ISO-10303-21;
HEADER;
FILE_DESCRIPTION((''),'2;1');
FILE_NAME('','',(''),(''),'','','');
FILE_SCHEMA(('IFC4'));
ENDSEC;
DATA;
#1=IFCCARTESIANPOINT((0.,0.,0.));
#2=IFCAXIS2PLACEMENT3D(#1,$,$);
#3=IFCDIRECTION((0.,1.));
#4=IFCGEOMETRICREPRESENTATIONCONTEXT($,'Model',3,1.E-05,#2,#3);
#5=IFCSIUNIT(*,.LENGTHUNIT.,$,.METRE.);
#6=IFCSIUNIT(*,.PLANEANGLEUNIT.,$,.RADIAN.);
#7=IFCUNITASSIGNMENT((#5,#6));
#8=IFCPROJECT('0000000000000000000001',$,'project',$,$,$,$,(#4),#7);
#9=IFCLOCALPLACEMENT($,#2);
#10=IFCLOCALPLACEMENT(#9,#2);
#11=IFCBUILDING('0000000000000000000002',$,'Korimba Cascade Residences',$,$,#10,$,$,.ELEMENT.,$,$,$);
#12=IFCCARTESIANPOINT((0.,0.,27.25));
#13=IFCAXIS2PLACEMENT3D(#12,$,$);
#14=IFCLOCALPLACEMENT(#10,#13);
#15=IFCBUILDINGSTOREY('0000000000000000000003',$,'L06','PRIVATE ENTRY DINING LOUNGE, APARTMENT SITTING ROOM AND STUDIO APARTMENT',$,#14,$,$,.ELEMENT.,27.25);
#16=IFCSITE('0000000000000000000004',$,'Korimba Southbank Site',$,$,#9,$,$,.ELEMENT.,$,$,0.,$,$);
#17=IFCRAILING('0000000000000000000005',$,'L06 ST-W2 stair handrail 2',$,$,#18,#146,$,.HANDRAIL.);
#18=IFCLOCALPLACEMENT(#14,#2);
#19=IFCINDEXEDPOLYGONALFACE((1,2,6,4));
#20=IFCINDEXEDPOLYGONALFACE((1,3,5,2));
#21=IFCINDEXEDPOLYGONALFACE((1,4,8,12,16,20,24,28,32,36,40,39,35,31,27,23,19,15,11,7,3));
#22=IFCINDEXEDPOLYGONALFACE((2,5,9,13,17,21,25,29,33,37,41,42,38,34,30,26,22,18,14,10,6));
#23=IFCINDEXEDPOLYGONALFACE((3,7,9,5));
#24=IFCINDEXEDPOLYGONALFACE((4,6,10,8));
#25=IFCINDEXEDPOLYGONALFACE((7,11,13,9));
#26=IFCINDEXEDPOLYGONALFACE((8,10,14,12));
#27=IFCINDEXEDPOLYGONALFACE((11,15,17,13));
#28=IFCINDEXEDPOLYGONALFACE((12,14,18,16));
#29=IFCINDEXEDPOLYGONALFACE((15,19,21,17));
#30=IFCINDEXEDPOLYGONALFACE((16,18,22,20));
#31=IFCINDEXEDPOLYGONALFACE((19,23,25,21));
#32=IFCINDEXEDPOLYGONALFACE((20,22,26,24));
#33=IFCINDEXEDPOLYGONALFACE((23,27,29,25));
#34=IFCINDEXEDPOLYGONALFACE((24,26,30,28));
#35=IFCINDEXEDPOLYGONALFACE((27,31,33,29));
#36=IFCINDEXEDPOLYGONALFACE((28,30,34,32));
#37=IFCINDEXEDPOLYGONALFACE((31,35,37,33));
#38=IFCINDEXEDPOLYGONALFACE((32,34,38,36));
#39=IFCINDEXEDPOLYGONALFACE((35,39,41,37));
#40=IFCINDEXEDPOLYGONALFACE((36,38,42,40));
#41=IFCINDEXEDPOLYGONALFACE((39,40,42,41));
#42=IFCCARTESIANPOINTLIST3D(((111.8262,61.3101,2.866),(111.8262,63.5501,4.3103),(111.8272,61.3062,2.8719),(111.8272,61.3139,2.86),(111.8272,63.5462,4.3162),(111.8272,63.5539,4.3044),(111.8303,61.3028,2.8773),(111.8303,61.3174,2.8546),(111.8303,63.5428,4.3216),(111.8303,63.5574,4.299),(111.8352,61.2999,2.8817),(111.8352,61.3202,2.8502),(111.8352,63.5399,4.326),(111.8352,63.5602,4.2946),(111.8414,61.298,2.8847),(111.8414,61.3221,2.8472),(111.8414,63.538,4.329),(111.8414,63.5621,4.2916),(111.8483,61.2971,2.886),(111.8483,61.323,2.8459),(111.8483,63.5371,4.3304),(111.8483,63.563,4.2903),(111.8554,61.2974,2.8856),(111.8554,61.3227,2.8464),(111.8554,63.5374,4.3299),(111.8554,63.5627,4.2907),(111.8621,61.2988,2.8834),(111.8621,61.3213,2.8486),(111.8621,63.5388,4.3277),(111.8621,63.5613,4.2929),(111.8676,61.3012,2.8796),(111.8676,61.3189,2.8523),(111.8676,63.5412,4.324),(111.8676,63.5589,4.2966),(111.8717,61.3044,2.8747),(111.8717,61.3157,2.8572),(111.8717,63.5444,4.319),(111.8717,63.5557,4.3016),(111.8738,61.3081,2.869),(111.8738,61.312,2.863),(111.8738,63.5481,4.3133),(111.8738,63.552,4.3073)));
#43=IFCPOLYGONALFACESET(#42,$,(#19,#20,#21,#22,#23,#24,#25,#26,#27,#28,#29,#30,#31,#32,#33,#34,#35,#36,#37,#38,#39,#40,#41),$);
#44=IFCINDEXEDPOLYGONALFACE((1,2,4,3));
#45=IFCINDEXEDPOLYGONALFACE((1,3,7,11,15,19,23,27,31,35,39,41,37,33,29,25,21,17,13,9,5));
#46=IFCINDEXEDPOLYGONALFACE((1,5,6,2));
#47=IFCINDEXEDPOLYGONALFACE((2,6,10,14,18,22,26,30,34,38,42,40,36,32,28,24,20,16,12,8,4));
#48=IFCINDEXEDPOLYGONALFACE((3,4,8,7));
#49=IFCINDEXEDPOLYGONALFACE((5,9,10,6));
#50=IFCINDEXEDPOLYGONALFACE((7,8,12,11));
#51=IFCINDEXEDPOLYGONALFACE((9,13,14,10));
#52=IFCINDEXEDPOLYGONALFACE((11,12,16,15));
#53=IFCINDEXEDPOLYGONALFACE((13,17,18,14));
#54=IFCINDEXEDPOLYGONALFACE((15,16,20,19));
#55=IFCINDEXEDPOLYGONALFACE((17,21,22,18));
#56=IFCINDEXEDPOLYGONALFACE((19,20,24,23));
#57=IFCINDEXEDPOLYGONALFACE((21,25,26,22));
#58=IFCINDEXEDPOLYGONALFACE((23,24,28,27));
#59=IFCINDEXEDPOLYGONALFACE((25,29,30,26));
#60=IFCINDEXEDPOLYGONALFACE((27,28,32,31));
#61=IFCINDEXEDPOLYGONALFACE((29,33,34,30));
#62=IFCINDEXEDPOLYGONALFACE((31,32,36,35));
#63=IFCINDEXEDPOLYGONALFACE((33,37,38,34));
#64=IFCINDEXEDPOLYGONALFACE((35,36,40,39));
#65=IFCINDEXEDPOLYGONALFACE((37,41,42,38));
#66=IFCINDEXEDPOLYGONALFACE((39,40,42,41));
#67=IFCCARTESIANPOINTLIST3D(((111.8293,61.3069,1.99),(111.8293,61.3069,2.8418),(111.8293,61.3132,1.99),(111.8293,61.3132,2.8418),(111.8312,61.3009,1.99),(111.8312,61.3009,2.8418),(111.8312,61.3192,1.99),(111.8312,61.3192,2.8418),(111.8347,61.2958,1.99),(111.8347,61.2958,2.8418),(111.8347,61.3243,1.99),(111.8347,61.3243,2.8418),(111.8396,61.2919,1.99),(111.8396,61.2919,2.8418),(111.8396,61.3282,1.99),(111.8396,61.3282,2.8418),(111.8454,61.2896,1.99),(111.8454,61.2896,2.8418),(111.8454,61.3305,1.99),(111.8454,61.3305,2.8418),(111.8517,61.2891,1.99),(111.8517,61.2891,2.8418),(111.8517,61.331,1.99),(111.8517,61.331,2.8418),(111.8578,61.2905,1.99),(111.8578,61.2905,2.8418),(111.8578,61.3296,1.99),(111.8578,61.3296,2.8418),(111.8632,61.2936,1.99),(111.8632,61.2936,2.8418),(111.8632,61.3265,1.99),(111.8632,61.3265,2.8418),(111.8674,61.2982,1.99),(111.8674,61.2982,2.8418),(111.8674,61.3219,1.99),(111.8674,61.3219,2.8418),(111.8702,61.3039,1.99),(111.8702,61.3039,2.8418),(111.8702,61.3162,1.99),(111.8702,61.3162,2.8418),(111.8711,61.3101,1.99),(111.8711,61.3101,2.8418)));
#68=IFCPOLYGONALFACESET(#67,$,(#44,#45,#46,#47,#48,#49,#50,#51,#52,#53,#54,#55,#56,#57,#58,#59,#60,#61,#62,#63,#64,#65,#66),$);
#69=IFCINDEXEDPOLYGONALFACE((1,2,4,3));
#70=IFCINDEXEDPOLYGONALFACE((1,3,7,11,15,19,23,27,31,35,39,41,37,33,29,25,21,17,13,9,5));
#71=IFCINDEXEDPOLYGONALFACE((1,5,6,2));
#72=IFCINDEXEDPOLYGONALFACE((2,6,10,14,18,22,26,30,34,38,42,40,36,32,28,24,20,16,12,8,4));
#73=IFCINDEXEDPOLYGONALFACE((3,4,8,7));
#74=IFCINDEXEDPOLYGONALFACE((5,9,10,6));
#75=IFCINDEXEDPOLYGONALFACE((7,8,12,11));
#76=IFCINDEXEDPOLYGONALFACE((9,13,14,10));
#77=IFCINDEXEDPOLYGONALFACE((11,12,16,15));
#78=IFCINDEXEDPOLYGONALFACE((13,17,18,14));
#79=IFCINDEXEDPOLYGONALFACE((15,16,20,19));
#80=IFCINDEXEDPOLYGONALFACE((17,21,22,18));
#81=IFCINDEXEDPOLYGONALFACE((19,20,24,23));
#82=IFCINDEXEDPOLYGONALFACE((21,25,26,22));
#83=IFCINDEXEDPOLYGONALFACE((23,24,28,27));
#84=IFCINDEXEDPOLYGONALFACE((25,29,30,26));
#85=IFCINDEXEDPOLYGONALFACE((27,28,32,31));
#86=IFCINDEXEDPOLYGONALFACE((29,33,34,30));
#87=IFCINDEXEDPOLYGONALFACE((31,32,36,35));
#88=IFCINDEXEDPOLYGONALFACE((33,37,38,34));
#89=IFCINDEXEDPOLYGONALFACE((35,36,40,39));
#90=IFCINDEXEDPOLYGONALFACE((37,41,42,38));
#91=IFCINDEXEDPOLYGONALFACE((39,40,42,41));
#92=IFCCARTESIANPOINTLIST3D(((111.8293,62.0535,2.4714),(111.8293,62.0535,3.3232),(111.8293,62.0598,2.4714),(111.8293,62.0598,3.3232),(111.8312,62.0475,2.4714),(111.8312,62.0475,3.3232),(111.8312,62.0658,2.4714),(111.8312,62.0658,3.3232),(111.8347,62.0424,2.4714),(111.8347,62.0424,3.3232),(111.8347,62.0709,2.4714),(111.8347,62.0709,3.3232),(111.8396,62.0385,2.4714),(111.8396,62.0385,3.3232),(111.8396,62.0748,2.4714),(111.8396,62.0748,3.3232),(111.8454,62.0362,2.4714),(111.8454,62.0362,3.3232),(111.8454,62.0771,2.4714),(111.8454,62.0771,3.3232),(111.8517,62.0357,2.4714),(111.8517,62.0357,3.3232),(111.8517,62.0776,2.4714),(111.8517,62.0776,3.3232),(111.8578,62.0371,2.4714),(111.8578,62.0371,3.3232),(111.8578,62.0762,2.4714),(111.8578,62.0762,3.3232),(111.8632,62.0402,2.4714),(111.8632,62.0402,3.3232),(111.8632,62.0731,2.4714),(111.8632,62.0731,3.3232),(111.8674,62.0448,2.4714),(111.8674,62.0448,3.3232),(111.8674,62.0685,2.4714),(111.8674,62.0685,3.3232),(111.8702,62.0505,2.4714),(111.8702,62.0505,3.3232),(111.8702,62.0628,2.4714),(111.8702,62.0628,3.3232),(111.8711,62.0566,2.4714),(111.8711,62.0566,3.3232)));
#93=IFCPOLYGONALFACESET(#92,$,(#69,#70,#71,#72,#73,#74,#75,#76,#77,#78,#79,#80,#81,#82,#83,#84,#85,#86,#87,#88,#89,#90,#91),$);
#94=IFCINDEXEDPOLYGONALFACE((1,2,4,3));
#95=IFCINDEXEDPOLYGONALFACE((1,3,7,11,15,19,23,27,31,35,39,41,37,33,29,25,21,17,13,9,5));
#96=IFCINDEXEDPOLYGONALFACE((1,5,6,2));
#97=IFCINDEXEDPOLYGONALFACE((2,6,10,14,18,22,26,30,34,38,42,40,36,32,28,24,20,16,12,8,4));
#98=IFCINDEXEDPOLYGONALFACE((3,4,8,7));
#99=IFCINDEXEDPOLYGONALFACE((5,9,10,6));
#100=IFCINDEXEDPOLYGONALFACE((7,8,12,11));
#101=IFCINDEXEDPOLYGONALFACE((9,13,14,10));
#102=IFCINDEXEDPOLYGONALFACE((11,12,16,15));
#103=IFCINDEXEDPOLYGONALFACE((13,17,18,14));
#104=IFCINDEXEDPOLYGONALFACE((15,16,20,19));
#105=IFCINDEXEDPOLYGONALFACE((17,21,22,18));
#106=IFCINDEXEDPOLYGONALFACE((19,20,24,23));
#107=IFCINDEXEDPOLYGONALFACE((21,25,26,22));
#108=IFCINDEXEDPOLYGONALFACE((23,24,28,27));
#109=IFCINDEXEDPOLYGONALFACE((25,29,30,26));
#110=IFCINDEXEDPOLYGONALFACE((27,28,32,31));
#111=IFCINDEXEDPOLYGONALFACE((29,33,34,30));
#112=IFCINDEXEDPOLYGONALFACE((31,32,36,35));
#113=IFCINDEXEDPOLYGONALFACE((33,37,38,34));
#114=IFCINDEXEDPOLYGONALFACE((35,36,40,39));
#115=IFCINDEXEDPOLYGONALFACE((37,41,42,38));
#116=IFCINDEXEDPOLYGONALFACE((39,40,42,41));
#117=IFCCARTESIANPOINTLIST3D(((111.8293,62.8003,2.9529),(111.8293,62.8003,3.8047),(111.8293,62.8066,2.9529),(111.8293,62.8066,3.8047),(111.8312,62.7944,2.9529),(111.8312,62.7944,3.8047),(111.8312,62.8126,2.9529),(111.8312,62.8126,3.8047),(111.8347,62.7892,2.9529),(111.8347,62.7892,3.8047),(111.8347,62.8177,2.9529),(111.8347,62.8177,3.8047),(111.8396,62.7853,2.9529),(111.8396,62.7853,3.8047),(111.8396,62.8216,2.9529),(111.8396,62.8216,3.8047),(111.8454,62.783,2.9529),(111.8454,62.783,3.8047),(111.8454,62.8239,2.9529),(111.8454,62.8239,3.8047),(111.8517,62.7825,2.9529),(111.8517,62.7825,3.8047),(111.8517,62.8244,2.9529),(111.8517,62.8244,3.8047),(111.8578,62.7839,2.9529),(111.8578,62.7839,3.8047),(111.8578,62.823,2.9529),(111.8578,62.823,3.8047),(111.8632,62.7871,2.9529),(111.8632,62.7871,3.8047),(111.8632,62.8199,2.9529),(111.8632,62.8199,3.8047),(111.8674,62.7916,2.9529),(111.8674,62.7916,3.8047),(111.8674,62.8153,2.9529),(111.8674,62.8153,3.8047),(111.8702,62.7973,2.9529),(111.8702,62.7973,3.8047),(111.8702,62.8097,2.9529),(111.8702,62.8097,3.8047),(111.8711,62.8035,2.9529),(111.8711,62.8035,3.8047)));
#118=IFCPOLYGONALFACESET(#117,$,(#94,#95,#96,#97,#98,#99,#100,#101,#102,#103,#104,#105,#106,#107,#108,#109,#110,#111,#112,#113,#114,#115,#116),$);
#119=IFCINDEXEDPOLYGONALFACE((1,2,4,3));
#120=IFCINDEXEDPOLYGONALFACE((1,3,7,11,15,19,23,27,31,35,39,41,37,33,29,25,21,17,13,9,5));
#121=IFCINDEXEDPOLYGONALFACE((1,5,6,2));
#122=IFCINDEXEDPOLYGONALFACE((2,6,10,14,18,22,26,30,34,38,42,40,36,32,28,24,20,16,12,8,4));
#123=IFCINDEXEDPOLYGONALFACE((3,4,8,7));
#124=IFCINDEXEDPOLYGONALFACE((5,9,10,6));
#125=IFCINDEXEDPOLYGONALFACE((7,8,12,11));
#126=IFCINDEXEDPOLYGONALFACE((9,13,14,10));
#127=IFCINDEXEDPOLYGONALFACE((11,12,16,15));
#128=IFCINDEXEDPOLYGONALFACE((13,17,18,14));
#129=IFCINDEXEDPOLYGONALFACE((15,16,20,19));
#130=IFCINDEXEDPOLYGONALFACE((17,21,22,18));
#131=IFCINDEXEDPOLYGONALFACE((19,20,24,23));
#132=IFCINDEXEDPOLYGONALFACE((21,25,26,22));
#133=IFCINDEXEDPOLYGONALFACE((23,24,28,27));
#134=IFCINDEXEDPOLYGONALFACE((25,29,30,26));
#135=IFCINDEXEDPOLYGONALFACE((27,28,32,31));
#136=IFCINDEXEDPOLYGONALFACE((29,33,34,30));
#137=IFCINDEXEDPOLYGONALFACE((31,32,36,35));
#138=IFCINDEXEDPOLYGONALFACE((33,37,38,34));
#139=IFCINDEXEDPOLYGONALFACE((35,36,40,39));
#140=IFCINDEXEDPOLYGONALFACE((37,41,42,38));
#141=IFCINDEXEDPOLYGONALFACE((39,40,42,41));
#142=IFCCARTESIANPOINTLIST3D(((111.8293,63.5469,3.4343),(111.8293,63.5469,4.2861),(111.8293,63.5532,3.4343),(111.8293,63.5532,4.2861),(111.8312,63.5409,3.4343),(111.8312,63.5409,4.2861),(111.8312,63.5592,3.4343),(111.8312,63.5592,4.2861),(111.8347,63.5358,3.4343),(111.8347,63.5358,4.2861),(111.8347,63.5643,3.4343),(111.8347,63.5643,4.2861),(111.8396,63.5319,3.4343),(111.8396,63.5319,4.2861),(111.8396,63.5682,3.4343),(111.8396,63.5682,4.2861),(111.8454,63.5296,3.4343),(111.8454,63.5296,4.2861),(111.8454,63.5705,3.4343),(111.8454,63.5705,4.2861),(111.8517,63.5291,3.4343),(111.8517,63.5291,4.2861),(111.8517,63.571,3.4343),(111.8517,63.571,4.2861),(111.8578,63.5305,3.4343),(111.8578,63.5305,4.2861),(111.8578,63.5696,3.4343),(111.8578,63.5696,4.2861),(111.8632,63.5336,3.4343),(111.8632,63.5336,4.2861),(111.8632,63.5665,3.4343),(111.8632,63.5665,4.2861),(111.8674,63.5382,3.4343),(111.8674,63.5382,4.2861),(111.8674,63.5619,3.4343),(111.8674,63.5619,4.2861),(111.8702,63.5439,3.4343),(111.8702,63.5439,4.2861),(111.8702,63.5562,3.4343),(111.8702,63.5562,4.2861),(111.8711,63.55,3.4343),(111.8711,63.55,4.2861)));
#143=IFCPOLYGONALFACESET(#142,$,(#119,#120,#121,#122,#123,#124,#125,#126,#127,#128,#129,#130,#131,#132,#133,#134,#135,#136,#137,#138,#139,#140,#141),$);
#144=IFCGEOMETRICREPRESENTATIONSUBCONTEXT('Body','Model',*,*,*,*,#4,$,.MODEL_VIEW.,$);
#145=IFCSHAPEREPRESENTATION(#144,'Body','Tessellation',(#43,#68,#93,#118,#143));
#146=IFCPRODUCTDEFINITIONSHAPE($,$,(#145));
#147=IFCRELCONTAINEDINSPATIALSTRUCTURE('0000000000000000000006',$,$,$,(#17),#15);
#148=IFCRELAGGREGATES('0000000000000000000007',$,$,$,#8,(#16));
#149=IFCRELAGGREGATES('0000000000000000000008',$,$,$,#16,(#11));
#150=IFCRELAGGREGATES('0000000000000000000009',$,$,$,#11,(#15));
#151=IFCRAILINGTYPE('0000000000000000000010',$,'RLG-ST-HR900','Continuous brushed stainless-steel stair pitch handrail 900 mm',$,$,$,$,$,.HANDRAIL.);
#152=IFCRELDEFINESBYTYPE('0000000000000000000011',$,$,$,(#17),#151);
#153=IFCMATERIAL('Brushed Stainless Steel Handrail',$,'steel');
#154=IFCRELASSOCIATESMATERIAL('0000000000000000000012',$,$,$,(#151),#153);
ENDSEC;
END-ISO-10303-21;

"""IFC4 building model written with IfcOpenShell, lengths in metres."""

from ifc_helpers import new_model, si_unit, direction, frame, origin, origin_2d, place, context, subcontext, project, spatial, circle, extrude, material, type_object, element, save


model = new_model("IFC4")

# Units and contexts
model_context = context("Model", 3, precision=1e-05, world=origin(), true_north=direction((0.0, 1.0)))
body_context = subcontext(model_context, "Body", "Model", "MODEL_VIEW")
ifc_project = project(units=[si_unit("LENGTHUNIT", "METRE"), si_unit("PLANEANGLEUNIT", "RADIAN")], contexts=[model_context])

# Site, building, storey
site_placement = place(None, origin())
site = spatial("IfcSite", under=ifc_project, at=site_placement, Name="Korimba Southbank Site", CompositionType="ELEMENT", RefElevation=0.0)
building_placement = place(site_placement, origin())
building = spatial("IfcBuilding", under=site, at=building_placement, Name="Korimba Cascade Residences", CompositionType="ELEMENT")
storey_placement = place(building_placement, frame((0.0, 0.0, 27.25)))
storey = spatial("IfcBuildingStorey", under=building, at=storey_placement, Name="L06", Description="PRIVATE ENTRY DINING LOUNGE, APARTMENT SITTING ROOM AND STUDIO APARTMENT", CompositionType="ELEMENT", Elevation=27.25)

# Railing
ifc_material_1 = material(Name="Brushed Stainless Steel Handrail", Category="steel")
railing_type_1 = type_object("IfcRailingType", Name="RLG-ST-HR900", Description="Continuous brushed stainless-steel stair pitch handrail 900 mm", PredefinedType="HANDRAIL", material=ifc_material_1)
railing_1_placement = place(storey_placement, frame((111.8501, 61.3101, 1.99)))
element("IfcRailing", 1, at=railing_1_placement, inside=storey, type_object=railing_type_1, Name="L06 ST-W2 stair handrail 2", PredefinedType="HANDRAIL", context=body_context, shape_type="SweptSolid", body=[
    extrude(circle(Radius=0.0239, at=origin_2d()), frame((0.0, 0.0, 0.876), z_axis=(0.0, 0.840437, 0.54191), x_axis=(-1.0, 0.0, 0.0)), (0.0, 0.0, 1.0), 2.6653),
    extrude(circle(Radius=0.021, at=origin_2d()), origin(), (0.0, 0.0, 1.0), 0.8518),
    extrude(circle(Radius=0.021, at=origin_2d()), frame((0.0, 0.7466, 0.4814)), (0.0, 0.0, 1.0), 0.8518),
    extrude(circle(Radius=0.021, at=origin_2d()), frame((0.0, 1.4934, 0.9629)), (0.0, 0.0, 1.0), 0.8518),
    extrude(circle(Radius=0.021, at=origin_2d()), frame((0.0, 2.24, 1.4443)), (0.0, 0.0, 1.0), 0.8518),
])

save(model, "model.ifc")
